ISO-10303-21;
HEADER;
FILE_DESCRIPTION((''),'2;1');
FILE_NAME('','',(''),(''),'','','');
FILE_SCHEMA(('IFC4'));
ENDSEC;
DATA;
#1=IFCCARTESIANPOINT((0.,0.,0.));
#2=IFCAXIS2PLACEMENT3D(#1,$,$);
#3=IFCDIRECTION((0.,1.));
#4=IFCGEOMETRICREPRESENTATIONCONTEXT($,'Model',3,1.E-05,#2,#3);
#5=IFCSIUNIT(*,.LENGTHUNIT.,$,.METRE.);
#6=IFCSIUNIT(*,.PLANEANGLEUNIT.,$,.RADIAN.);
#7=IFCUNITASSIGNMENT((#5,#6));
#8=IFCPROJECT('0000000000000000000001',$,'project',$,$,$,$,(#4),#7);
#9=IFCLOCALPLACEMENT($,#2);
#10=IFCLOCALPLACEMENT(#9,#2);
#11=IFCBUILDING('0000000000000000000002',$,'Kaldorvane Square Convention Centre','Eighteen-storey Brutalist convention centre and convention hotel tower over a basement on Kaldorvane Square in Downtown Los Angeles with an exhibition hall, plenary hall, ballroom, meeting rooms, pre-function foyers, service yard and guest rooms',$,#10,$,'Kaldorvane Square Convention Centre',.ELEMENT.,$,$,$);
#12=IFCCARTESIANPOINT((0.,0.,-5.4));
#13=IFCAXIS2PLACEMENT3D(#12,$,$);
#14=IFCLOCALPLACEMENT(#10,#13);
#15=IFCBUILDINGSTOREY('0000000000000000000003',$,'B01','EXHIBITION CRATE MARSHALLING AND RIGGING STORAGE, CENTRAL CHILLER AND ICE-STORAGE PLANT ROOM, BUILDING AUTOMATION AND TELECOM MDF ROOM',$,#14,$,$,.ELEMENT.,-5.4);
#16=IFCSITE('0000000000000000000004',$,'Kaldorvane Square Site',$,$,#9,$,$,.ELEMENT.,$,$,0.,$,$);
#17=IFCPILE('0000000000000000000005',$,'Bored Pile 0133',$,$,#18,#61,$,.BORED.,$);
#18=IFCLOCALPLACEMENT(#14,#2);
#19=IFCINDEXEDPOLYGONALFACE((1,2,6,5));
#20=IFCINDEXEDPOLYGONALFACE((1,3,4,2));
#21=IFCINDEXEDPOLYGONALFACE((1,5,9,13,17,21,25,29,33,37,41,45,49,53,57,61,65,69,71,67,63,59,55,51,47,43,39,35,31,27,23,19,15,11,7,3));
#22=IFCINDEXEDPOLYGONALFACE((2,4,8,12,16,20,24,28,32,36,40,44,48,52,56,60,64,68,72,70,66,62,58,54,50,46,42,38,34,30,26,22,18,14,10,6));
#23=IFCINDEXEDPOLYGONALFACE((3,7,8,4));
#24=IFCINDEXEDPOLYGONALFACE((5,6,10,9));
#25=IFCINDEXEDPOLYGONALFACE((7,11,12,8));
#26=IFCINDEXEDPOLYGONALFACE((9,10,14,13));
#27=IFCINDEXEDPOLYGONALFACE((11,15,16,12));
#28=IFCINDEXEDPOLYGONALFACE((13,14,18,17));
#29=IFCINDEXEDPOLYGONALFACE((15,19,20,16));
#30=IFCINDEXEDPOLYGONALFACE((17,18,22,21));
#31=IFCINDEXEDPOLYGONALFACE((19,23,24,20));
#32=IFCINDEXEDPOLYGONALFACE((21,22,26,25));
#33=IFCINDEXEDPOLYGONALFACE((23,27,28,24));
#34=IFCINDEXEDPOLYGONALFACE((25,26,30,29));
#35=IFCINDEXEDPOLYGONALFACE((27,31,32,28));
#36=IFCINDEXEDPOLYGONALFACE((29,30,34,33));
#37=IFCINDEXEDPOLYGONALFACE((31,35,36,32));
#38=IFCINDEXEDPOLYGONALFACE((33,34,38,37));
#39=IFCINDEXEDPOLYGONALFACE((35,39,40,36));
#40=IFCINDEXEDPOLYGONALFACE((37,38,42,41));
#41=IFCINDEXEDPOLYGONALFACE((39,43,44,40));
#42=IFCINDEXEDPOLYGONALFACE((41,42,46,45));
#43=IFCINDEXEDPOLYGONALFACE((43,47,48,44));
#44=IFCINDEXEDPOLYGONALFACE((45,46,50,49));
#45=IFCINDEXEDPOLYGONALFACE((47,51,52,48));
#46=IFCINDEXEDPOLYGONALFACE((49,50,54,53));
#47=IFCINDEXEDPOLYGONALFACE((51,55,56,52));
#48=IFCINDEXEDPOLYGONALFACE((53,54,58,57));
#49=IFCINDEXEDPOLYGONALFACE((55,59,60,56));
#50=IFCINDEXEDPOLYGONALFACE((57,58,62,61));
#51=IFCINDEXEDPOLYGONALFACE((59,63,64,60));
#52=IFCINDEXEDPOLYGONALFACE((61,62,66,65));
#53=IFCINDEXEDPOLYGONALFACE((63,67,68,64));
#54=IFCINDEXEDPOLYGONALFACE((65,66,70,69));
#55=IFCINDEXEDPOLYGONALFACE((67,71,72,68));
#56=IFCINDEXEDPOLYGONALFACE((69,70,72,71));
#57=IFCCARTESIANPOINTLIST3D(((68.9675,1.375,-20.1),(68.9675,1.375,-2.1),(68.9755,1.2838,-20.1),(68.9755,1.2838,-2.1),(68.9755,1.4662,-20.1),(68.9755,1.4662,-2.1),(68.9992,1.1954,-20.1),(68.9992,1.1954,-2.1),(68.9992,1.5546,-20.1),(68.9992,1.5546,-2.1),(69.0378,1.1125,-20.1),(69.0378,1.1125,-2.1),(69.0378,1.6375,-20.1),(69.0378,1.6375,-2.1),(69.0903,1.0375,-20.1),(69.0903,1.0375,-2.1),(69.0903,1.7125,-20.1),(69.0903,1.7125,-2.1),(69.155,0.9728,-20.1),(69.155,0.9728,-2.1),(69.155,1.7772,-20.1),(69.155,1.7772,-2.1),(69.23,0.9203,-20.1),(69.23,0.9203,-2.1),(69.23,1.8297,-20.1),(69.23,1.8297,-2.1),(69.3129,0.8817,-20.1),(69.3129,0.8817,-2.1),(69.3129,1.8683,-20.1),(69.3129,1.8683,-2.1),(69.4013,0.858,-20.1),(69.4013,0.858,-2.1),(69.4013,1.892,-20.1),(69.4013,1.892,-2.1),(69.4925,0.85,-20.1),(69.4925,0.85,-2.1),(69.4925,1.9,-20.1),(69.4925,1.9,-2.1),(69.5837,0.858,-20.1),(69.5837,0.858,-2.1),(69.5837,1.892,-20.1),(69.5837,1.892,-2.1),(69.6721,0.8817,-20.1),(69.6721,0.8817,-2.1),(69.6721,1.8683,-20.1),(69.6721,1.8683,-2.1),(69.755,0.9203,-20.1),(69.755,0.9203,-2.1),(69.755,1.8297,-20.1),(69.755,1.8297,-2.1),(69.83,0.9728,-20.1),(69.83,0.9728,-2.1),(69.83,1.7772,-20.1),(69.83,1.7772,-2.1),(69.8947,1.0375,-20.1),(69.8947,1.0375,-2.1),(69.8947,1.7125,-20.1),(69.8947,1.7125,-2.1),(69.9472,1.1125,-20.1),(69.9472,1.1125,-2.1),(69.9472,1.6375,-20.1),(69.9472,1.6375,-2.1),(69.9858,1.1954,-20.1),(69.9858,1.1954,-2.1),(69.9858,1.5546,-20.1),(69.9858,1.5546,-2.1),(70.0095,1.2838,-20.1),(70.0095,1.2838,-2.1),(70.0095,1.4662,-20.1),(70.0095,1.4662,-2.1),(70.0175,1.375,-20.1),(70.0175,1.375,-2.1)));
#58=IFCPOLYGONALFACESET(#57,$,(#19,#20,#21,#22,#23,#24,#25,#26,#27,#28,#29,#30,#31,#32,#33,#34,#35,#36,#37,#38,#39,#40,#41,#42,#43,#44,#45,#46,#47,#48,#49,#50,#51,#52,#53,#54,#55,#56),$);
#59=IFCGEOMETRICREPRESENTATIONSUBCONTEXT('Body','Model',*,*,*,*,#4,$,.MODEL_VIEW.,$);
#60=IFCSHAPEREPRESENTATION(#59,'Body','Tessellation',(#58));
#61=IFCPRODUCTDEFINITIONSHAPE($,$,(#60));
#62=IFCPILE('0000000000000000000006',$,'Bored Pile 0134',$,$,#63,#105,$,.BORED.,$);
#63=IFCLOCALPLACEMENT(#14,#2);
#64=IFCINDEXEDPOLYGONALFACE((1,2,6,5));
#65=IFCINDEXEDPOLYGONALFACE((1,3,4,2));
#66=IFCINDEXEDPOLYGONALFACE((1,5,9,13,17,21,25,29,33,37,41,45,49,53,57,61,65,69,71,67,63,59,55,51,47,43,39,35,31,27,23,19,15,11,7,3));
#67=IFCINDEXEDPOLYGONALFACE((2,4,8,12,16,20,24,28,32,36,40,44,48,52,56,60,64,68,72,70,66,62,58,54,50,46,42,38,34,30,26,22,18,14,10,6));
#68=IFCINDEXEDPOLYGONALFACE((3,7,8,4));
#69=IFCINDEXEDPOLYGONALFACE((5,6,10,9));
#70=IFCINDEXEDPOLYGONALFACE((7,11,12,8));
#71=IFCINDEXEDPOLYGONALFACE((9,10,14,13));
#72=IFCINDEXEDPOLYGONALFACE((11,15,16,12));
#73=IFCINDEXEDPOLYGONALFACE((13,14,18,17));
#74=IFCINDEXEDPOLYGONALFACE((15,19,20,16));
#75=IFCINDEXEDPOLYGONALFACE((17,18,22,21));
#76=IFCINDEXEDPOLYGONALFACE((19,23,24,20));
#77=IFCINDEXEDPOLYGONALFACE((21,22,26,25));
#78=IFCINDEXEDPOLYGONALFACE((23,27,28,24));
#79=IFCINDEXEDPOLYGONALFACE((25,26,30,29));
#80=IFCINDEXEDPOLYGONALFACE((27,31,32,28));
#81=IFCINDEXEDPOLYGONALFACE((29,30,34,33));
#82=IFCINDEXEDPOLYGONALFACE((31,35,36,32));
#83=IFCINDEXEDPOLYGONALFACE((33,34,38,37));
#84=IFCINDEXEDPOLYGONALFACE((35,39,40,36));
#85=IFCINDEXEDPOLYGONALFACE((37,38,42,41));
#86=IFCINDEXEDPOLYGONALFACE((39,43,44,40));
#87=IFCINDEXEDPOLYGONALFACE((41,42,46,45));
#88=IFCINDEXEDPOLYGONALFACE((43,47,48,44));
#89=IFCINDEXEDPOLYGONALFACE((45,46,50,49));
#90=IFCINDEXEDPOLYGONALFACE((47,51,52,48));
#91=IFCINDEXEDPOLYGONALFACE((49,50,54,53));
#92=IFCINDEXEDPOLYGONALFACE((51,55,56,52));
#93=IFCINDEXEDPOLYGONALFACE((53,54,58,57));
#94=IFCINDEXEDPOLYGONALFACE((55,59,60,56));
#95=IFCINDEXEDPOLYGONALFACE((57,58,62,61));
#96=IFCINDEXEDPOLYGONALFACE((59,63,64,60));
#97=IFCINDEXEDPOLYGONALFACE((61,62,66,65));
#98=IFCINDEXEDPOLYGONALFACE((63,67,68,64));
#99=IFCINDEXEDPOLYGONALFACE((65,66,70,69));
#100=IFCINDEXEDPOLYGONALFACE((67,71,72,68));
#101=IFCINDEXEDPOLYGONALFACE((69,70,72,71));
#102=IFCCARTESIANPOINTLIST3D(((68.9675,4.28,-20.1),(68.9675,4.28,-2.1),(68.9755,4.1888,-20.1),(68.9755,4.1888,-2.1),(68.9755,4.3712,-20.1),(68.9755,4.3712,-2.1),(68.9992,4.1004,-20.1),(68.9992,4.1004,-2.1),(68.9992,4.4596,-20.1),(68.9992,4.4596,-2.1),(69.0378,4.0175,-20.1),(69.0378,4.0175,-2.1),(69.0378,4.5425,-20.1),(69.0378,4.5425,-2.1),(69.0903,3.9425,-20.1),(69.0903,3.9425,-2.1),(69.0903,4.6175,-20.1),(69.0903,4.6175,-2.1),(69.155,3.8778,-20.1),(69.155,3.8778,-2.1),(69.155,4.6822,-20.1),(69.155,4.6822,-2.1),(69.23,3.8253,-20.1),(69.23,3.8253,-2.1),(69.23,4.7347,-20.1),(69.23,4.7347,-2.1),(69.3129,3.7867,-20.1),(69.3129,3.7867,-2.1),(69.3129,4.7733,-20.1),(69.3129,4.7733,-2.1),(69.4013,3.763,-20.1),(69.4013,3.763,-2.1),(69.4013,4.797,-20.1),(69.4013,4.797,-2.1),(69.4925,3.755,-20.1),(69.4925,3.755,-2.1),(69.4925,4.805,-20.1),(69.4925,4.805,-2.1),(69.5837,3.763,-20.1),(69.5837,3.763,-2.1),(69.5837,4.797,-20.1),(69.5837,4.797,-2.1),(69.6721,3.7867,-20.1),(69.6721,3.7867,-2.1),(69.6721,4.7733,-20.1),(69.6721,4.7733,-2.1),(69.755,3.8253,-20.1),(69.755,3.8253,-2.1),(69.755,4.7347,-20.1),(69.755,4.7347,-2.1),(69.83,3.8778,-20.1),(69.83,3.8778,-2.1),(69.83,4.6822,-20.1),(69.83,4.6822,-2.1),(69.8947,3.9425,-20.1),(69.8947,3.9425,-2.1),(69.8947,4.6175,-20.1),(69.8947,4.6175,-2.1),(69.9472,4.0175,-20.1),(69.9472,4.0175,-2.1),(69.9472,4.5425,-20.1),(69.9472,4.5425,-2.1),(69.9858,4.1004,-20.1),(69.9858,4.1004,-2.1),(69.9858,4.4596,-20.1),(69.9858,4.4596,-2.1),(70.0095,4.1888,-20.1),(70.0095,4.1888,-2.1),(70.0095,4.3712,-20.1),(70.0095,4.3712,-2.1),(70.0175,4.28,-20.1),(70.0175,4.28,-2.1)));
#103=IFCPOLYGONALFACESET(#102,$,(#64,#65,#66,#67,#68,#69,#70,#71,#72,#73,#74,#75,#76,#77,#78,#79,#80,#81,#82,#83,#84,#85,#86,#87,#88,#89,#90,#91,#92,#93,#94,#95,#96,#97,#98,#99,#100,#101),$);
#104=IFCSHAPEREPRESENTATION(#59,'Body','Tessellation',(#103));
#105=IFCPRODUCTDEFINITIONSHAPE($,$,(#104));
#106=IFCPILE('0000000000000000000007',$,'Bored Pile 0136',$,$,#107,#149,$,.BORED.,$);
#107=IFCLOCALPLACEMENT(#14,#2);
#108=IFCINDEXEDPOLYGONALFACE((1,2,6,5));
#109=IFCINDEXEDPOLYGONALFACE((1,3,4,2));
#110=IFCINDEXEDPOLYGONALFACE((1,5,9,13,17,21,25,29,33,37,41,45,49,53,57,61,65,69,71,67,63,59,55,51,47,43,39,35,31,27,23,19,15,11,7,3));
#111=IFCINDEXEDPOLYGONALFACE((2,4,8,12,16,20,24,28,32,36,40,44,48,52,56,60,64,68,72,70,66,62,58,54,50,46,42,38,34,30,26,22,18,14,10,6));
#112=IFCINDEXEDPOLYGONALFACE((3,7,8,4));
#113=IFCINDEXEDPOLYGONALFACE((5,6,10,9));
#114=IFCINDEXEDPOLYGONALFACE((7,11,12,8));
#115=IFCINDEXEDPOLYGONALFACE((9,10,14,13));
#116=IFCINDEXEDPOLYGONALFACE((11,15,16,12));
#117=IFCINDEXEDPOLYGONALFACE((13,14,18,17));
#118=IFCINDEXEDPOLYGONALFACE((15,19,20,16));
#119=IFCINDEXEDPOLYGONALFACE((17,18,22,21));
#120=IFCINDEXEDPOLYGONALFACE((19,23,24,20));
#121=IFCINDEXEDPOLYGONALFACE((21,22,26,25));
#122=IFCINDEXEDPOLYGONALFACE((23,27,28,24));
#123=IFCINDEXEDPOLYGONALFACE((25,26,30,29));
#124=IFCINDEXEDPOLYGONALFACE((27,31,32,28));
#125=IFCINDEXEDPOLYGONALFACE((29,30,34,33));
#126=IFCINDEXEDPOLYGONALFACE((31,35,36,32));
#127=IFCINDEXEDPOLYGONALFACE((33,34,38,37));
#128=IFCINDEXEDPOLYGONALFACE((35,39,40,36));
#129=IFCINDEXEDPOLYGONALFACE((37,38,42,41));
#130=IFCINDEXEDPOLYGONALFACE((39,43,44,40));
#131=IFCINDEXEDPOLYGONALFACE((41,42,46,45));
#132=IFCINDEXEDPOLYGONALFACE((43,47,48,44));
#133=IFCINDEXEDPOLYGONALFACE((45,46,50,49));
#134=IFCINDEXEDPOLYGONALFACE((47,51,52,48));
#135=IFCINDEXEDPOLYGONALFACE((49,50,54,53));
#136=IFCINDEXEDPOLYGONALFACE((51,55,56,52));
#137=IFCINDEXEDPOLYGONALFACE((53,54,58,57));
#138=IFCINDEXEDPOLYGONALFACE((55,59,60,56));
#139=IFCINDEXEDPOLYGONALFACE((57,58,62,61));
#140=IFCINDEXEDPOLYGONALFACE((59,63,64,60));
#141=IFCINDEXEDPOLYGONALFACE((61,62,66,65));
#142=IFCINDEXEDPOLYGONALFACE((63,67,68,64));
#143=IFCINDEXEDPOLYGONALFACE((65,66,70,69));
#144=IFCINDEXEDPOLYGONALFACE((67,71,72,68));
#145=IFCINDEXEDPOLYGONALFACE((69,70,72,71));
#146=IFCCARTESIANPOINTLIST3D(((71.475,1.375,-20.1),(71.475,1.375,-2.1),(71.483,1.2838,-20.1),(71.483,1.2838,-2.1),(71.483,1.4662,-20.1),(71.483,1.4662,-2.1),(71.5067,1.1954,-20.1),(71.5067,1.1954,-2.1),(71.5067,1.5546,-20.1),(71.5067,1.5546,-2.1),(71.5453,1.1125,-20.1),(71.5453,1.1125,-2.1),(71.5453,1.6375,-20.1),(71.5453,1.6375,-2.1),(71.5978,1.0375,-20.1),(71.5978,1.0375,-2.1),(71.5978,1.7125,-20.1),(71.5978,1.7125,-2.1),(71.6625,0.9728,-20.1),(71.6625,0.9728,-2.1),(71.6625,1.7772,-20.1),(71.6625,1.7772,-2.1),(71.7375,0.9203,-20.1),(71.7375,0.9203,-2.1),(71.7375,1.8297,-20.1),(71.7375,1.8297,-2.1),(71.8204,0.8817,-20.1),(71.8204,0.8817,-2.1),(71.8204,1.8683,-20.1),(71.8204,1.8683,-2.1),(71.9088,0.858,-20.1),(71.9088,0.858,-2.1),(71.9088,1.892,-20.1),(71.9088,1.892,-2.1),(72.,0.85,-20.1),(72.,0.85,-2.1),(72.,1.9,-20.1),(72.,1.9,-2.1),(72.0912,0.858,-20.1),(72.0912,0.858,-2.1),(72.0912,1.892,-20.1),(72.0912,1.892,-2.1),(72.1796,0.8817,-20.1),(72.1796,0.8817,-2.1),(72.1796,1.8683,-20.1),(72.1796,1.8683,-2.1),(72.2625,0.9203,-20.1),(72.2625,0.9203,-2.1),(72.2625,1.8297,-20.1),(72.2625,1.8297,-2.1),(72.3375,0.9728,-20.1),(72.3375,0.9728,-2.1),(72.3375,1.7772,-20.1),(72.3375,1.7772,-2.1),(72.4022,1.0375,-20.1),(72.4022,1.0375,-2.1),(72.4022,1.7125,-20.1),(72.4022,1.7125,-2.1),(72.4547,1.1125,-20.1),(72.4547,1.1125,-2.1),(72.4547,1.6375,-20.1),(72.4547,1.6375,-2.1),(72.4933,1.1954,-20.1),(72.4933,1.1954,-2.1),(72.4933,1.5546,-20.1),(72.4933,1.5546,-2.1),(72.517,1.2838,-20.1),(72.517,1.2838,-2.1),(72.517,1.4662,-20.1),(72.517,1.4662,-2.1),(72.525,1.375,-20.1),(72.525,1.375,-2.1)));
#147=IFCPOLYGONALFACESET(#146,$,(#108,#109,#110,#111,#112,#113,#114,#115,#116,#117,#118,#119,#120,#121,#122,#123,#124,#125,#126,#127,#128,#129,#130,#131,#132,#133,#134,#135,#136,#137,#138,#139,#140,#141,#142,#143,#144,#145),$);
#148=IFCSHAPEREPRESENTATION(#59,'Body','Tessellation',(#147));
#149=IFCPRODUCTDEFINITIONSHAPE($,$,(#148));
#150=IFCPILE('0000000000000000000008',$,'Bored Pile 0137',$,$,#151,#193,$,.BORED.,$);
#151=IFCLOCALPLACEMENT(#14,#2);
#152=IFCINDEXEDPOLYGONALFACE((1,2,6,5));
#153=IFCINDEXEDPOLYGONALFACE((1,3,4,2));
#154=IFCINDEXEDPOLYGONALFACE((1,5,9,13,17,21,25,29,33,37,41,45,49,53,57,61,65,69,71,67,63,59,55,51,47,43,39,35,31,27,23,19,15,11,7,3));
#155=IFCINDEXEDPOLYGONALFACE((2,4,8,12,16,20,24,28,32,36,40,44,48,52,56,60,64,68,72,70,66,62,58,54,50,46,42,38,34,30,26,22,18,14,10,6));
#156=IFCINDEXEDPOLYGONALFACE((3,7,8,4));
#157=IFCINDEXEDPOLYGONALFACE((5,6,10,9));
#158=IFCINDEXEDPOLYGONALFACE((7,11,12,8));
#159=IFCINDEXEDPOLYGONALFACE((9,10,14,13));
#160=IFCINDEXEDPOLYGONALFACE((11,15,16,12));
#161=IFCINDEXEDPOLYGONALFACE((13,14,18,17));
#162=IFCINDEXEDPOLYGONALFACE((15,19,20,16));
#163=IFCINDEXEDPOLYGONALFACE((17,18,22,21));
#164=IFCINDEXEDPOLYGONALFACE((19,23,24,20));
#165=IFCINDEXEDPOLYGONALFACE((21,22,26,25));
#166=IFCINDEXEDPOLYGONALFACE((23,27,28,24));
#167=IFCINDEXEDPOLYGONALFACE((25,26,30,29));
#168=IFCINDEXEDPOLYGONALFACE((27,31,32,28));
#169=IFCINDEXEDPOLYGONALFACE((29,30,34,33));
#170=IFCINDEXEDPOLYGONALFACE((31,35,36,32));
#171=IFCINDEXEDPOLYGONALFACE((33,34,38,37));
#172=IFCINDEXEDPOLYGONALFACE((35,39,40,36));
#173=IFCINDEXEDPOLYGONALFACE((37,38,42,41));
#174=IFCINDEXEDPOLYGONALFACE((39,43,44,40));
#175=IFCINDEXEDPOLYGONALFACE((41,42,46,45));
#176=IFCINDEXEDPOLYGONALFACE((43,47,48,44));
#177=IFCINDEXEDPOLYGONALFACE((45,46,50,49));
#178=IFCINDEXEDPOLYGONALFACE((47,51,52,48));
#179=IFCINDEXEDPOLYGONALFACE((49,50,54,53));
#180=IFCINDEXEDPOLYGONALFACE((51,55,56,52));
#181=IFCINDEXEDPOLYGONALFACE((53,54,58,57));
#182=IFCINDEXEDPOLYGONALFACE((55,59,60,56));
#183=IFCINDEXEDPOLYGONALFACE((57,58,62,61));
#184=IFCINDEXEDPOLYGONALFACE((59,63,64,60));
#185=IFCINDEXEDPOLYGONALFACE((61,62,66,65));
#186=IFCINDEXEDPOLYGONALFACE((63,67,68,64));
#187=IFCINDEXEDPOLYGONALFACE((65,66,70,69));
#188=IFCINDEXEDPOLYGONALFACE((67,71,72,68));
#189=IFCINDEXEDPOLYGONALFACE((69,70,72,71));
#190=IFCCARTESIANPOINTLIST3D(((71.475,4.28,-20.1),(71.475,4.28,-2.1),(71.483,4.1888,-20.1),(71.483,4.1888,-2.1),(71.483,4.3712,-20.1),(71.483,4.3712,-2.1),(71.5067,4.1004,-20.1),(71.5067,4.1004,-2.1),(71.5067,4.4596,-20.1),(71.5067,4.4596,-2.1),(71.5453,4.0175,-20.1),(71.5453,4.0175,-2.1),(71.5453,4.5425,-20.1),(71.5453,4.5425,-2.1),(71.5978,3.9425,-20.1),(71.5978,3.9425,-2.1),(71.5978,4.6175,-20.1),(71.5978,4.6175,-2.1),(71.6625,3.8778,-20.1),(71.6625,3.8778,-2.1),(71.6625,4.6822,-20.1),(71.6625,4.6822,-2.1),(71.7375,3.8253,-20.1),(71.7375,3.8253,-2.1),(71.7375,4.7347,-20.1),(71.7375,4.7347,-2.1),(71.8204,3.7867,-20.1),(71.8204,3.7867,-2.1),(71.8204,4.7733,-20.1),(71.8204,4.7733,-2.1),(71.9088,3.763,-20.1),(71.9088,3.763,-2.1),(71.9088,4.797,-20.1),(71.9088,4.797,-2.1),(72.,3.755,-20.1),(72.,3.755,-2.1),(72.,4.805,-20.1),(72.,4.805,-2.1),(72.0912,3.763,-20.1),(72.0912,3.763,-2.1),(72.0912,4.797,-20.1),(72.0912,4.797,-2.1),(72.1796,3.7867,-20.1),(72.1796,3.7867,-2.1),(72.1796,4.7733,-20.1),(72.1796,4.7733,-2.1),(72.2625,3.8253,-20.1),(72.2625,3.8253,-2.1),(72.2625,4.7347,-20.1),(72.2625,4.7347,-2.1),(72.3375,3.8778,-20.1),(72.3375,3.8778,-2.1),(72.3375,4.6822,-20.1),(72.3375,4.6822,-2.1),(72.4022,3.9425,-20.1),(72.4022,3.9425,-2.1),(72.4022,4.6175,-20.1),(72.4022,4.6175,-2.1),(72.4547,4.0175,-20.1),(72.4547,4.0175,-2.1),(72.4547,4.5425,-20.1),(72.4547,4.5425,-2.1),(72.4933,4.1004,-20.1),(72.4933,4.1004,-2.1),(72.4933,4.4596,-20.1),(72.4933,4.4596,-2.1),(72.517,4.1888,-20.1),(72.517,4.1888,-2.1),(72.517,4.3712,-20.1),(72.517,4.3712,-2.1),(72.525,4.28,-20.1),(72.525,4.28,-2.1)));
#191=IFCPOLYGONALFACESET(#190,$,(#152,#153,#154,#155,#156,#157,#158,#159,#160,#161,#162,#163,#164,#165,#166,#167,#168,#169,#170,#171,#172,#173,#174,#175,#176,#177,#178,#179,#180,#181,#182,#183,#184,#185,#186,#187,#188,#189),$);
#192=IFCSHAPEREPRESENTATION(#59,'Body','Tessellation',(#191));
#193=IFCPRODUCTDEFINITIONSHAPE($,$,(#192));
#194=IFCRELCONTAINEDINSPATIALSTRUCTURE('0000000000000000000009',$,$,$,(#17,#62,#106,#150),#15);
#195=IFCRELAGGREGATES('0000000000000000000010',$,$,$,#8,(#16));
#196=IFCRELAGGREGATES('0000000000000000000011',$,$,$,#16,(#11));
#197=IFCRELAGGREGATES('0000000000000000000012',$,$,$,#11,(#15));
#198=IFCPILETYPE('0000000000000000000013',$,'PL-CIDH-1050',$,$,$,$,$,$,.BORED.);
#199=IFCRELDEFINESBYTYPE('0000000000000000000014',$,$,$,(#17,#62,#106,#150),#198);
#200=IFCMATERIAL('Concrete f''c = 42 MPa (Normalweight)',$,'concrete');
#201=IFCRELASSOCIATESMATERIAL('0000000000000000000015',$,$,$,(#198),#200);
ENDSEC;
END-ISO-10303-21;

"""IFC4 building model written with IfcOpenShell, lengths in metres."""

from ifc_helpers import new_model, si_unit, direction, frame, origin, origin_2d, place, context, subcontext, project, spatial, circle, extrude, material, material_profile, profile_set, type_object, element, save


model = new_model("IFC4")

# Units and contexts
model_context = context("Model", 3, precision=1e-05, world=origin(), true_north=direction((0.0, 1.0)))
body_context = subcontext(model_context, "Body", "Model", "MODEL_VIEW")
ifc_project = project(units=[si_unit("LENGTHUNIT", "METRE"), si_unit("PLANEANGLEUNIT", "RADIAN")], contexts=[model_context])

# Site, building, storey
site_placement = place(None, origin())
site = spatial("IfcSite", under=ifc_project, at=site_placement, Name="Kaldorvane Square Site", CompositionType="ELEMENT", RefElevation=0.0)
building_placement = place(site_placement, origin())
building = spatial("IfcBuilding", under=site, at=building_placement, Name="Kaldorvane Square Convention Centre", Description="Eighteen-storey Brutalist convention centre and convention hotel tower over a basement on Kaldorvane Square in Downtown Los Angeles with an exhibition hall, plenary hall, ballroom, meeting rooms, pre-function foyers, service yard and guest rooms", LongName="Kaldorvane Square Convention Centre", CompositionType="ELEMENT")
storey_placement = place(building_placement, frame((0.0, 0.0, -5.4)))
storey = spatial("IfcBuildingStorey", under=building, at=storey_placement, Name="B01", Description="EXHIBITION CRATE MARSHALLING AND RIGGING STORAGE, CENTRAL CHILLER AND ICE-STORAGE PLANT ROOM, BUILDING AUTOMATION AND TELECOM MDF ROOM", CompositionType="ELEMENT", Elevation=-5.4)

# Shared definitions
ifc_material_1 = material(Name="Concrete f'c = 42 MPa (Normalweight)", Category="concrete")

# Piles
ifc_material_profile_1 = material_profile(ifc_material_1, circle(Radius=0.525, at=origin_2d()), Name="PILE-D1050")
ifc_profile_set_1 = profile_set([ifc_material_profile_1], Name="Concrete f'c = 42 MPa (Normalweight)")
pile_type = type_object("IfcPileType", Name="PL-CIDH-1050", PredefinedType="BORED", material=ifc_profile_set_1)
for number, where, z_axis, x_axis, name in (
    (1, (69.4925, 1.375, -2.1), (0.0, 0.0, -1.0), (1.0, 0.0, 0.0), "Bored Pile 0133"),
    (2, (69.4925, 4.28, -2.1), (0.0, 0.0, -1.0), (1.0, 0.0, 0.0), "Bored Pile 0134"),
    (3, (72.0, 1.375, -2.1), (0.0, 0.0, -1.0), (1.0, 0.0, 0.0), "Bored Pile 0136"),
    (4, (72.0, 4.28, -2.1), (0.0, 0.0, -1.0), (1.0, 0.0, 0.0), "Bored Pile 0137"),
):
    element("IfcPile", number, at=place(storey_placement, frame(where, z_axis=z_axis, x_axis=x_axis)), inside=storey, type_object=pile_type, Name=name, PredefinedType="BORED", context=body_context, shape_type="SweptSolid", body=[
        extrude(circle(Radius=0.525, at=origin_2d()), origin(), (0.0, 0.0, 1.0), 18.0),
    ])

save(model, "model.ifc")
